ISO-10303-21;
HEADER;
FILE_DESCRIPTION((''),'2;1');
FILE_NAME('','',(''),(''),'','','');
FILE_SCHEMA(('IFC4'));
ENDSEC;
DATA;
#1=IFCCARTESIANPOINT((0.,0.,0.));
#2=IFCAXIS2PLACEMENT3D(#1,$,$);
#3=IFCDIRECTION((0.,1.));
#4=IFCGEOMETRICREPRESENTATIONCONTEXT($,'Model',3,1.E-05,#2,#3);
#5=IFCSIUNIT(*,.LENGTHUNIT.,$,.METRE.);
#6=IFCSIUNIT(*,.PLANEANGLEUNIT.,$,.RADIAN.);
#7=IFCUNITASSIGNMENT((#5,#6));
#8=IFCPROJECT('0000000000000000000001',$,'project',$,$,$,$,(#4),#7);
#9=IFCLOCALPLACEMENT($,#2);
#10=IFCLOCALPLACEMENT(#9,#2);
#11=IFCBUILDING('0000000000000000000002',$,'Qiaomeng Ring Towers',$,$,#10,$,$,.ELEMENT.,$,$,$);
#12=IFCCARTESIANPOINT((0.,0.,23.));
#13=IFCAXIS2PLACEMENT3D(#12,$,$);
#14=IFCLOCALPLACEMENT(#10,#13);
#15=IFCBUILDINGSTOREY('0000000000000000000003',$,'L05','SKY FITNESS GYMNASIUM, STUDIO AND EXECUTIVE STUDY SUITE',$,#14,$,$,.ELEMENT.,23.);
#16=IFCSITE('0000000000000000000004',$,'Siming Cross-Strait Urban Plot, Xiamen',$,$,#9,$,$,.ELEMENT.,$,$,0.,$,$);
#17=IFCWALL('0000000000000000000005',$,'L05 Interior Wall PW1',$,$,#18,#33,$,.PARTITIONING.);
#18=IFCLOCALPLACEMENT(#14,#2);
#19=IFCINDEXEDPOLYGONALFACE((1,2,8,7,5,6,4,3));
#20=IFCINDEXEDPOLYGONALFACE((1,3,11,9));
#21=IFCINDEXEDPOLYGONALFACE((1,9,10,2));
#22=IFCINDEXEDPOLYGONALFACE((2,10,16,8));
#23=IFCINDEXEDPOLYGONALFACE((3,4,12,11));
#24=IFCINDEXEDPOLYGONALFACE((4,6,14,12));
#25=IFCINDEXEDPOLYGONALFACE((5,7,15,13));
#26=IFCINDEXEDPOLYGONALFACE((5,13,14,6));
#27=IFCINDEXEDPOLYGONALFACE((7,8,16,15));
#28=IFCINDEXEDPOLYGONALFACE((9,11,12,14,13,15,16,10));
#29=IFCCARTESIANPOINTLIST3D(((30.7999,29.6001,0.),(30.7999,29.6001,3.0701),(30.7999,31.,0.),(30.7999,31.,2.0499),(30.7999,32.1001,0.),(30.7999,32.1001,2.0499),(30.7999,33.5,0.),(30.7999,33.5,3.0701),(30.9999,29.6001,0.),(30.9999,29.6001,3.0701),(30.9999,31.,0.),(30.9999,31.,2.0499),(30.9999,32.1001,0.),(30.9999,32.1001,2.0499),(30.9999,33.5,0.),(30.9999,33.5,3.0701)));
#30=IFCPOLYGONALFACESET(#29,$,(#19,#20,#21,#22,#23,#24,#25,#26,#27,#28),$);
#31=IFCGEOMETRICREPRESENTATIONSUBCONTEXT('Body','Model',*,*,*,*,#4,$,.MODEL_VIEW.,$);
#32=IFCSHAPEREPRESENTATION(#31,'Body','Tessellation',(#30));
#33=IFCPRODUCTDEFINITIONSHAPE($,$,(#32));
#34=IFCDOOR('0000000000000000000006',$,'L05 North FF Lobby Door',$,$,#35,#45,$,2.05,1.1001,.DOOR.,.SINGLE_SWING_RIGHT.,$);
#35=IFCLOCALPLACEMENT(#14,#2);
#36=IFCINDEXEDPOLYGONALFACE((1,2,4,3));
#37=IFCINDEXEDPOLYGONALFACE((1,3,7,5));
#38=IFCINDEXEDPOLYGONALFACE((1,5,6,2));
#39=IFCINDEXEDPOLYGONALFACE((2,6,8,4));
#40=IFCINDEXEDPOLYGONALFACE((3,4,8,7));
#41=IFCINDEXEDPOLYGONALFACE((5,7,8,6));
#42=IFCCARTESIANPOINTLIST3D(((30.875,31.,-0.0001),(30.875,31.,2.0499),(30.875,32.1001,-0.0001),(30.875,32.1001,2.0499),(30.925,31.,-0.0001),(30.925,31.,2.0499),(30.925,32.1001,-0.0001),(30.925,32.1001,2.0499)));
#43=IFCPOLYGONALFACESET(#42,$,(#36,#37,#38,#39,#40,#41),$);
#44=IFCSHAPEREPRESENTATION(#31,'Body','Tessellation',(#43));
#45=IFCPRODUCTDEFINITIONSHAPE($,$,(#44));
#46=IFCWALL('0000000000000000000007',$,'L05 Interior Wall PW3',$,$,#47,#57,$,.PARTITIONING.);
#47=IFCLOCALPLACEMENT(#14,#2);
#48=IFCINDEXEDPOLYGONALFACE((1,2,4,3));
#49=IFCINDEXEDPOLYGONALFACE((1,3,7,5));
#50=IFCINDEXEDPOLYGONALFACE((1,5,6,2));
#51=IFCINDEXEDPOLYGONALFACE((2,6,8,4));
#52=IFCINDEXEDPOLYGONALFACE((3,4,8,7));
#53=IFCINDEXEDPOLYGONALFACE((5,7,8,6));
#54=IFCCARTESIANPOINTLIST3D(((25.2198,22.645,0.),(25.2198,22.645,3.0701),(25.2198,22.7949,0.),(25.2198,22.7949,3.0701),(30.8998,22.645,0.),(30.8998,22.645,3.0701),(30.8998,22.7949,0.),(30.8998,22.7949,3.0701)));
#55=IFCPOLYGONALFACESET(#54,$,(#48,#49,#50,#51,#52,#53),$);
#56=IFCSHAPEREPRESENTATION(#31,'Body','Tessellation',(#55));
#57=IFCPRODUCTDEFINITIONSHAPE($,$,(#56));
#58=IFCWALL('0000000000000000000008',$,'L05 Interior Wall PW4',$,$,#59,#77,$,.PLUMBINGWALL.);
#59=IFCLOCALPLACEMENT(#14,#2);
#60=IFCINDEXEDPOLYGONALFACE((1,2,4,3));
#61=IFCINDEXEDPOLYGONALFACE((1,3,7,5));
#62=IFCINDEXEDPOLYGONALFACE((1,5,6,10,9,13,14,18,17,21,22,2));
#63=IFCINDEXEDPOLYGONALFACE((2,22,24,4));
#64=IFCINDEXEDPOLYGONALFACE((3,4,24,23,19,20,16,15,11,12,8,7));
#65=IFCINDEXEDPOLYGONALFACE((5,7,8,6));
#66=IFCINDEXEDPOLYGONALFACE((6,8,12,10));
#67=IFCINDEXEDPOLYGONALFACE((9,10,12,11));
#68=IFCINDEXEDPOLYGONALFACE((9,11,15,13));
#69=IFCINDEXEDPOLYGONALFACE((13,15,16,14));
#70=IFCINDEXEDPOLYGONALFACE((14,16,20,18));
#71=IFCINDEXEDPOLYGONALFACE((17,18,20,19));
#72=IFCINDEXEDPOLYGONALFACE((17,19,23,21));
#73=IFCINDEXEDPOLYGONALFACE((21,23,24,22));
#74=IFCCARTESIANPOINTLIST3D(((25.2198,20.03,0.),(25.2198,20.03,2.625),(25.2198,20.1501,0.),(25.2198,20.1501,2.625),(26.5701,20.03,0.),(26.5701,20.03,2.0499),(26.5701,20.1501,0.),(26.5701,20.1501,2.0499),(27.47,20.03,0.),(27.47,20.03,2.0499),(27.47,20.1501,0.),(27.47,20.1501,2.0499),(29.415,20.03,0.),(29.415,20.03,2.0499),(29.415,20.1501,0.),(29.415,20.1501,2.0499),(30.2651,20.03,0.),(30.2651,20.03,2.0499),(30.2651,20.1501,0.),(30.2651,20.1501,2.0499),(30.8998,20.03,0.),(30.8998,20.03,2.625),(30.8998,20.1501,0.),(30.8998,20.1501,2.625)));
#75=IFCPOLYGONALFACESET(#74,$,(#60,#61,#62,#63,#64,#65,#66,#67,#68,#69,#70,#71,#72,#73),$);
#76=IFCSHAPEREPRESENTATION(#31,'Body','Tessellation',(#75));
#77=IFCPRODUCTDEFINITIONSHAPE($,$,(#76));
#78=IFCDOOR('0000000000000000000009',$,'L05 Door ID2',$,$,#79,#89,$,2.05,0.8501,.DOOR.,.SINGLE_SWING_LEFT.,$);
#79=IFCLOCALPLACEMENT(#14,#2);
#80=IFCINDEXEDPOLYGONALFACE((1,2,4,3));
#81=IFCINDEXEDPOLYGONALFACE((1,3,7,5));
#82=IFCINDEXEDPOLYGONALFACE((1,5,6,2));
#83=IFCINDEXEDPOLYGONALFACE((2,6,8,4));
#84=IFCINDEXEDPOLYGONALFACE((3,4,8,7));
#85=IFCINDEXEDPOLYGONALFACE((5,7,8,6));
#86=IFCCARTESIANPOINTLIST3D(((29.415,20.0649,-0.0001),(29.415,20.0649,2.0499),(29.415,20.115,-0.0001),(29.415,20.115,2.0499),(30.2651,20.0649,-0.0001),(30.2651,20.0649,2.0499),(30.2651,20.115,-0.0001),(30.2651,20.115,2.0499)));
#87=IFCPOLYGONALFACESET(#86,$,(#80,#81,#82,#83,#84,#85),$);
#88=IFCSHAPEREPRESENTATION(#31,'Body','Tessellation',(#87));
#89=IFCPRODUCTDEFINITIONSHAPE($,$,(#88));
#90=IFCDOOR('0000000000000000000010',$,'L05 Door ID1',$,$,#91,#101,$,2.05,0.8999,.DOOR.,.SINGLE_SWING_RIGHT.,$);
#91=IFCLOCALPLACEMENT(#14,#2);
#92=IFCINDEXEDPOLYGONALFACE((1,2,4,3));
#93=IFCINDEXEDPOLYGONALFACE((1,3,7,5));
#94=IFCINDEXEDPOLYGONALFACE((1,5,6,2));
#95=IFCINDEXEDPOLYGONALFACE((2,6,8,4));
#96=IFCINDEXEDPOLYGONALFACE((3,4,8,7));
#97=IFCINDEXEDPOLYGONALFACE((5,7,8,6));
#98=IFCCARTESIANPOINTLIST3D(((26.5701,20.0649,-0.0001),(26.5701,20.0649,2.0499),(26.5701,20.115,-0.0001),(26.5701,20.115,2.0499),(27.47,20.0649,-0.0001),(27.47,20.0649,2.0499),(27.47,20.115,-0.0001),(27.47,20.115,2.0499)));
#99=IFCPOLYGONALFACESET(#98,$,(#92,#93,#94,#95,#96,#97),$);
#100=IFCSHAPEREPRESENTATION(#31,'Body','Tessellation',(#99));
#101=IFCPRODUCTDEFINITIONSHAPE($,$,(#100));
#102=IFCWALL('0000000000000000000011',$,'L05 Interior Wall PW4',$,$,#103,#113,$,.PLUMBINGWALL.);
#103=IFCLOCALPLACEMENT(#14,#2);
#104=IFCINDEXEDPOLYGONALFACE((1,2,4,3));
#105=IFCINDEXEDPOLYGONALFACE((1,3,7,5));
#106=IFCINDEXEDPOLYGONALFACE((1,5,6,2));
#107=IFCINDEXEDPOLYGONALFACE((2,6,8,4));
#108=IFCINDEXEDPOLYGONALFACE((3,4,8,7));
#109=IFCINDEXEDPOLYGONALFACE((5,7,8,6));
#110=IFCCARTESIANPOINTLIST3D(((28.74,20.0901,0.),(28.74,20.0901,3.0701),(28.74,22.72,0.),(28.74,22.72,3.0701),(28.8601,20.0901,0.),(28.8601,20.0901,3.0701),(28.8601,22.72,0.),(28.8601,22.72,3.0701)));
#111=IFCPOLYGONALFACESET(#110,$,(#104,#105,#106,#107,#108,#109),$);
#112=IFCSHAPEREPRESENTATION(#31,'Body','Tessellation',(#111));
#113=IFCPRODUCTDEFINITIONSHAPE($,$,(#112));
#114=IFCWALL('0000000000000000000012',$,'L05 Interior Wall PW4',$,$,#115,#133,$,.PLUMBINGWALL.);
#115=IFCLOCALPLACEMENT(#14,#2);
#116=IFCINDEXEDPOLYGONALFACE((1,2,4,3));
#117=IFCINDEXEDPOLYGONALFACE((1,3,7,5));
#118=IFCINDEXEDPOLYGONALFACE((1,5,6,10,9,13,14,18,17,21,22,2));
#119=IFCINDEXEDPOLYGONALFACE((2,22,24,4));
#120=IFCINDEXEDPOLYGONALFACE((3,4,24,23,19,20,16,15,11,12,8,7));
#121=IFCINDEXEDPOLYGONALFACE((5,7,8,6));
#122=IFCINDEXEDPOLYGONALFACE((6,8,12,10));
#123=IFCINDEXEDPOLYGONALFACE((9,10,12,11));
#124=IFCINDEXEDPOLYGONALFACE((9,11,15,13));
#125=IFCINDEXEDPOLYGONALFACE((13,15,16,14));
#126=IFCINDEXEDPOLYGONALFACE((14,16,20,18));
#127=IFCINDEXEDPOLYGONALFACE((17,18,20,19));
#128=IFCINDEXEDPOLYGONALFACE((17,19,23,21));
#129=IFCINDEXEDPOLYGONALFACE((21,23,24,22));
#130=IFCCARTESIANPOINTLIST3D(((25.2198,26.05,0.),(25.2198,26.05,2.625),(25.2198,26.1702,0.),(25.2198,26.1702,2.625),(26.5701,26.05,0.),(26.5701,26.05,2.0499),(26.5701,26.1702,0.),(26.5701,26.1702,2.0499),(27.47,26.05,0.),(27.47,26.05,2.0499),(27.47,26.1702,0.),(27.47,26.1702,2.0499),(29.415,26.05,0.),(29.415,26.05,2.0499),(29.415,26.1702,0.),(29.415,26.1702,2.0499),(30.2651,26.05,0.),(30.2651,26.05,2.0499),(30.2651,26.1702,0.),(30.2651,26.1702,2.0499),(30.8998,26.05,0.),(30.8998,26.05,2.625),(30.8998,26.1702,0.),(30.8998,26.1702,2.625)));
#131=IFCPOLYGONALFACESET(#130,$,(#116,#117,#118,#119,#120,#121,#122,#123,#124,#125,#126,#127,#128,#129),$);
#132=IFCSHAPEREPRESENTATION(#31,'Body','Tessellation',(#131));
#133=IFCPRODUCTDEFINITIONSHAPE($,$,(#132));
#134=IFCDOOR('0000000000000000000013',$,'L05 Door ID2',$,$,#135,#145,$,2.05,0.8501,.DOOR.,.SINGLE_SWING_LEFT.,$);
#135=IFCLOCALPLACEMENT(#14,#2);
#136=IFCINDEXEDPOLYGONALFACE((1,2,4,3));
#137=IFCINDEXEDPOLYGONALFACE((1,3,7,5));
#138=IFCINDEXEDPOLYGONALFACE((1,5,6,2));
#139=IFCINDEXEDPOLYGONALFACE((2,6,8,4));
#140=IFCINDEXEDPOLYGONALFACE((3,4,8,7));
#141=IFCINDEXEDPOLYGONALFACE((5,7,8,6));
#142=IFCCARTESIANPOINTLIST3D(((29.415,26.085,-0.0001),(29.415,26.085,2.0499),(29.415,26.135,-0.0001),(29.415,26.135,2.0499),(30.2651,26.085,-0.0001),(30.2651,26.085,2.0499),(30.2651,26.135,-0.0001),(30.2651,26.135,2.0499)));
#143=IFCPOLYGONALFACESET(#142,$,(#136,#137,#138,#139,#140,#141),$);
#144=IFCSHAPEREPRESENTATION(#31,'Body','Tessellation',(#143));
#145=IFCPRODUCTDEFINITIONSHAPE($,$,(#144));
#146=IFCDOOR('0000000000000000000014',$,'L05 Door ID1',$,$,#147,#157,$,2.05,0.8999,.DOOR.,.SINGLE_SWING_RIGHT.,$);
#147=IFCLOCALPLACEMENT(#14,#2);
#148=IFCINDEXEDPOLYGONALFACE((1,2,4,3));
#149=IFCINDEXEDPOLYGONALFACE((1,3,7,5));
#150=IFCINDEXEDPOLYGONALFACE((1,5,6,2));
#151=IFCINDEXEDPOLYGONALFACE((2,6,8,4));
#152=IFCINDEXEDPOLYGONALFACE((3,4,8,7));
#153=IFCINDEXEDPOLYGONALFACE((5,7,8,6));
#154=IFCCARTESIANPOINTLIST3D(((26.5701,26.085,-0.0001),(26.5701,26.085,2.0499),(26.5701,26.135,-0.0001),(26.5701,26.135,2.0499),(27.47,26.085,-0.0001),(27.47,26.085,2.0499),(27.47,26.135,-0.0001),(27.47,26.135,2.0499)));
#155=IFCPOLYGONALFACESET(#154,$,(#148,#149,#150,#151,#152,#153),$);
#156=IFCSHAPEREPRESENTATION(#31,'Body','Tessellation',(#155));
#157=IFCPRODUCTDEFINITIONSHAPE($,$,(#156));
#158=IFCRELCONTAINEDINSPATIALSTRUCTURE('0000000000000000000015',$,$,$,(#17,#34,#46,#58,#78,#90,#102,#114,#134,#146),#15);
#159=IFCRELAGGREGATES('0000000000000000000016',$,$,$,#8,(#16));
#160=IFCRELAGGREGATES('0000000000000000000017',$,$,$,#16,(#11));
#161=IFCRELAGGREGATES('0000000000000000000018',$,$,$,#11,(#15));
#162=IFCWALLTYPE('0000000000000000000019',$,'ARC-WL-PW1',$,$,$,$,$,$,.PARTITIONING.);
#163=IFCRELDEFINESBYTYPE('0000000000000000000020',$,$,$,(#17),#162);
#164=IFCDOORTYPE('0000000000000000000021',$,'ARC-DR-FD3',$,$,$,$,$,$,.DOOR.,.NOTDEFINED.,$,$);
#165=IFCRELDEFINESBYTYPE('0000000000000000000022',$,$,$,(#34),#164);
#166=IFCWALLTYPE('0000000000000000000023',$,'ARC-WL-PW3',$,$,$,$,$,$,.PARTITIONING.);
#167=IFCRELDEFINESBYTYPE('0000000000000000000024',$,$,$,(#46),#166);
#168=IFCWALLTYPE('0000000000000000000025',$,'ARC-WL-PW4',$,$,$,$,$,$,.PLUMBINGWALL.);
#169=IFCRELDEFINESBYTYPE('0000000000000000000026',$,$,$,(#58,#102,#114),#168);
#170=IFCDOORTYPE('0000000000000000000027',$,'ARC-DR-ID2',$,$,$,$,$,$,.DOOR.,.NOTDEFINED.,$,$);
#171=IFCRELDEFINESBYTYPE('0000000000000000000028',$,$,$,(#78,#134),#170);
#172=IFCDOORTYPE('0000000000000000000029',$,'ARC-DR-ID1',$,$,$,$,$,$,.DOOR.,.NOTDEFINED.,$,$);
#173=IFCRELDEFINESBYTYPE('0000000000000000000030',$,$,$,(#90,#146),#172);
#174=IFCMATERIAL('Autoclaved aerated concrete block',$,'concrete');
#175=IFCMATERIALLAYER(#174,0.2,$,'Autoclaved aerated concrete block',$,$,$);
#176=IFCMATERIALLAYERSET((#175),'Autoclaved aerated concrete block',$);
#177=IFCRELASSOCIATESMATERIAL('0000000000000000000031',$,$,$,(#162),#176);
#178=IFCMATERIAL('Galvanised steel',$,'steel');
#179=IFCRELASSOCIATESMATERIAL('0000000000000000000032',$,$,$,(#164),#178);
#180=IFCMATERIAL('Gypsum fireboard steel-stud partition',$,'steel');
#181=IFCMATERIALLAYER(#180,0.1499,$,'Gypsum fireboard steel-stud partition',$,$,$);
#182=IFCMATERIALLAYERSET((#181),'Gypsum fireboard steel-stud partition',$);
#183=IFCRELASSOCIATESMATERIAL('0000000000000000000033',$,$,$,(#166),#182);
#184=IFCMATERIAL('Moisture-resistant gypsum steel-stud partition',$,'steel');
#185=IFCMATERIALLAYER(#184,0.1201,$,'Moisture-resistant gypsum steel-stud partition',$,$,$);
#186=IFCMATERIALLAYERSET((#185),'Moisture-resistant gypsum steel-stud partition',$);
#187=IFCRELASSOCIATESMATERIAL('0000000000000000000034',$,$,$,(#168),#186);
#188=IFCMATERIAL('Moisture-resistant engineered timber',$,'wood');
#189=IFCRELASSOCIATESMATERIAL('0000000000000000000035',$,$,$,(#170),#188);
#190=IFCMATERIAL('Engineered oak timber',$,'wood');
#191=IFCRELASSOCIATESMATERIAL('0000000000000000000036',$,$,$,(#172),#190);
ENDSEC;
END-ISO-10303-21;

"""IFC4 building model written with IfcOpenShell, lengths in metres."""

from ifc_helpers import new_model, si_unit, direction, frame, frame_2d, origin, place, context, subcontext, project, spatial, rectangle, extrude, source, transform, mapped, material, layer, layer_set, type_object, element, fill, save


model = new_model("IFC4")

# Units and contexts
model_context = context("Model", 3, precision=1e-05, world=origin(), true_north=direction((0.0, 1.0)))
body_context = subcontext(model_context, "Body", "Model", "MODEL_VIEW")
ifc_project = project(units=[si_unit("LENGTHUNIT", "METRE"), si_unit("PLANEANGLEUNIT", "RADIAN")], contexts=[model_context])

# Site, building, storey
site_placement = place(None, origin())
site = spatial("IfcSite", under=ifc_project, at=site_placement, Name="Siming Cross-Strait Urban Plot, Xiamen", CompositionType="ELEMENT", RefElevation=0.0)
building_placement = place(site_placement, origin())
building = spatial("IfcBuilding", under=site, at=building_placement, Name="Qiaomeng Ring Towers", CompositionType="ELEMENT")
storey_placement = place(building_placement, frame((0.0, 0.0, 23.0)))
storey = spatial("IfcBuildingStorey", under=building, at=storey_placement, Name="L05", Description="SKY FITNESS GYMNASIUM, STUDIO AND EXECUTIVE STUDY SUITE", CompositionType="ELEMENT", Elevation=23.0)

# Shared definitions
ifc_material_1 = material(Name="Autoclaved aerated concrete block", Category="concrete")
ifc_layer_1 = layer(ifc_material_1, 0.2, Name="Autoclaved aerated concrete block")
ifc_layer_set_1 = layer_set([ifc_layer_1], Name="Autoclaved aerated concrete block")
wall_type_1 = type_object("IfcWallType", Name="ARC-WL-PW1", PredefinedType="PARTITIONING", material=ifc_layer_set_1)

# Wall, opening, door
wall_1_placement = place(storey_placement, frame((30.8999, 29.6001, 0.0), z_axis=(0.0, 0.0, 1.0), x_axis=(0.0, 1.0, 0.0)))
wall_1 = element("IfcWall", 1, at=wall_1_placement, inside=storey, type_object=wall_type_1, Name="L05 Interior Wall PW1", PredefinedType="PARTITIONING", context=body_context, shape_type="SweptSolid", body=[
    extrude(rectangle(XDim=3.8999, YDim=0.2, at=frame_2d((1.95, 0.0))), origin(), (0.0, 0.0, 1.0), 3.0701),
])
opening_1_placement = place(wall_1_placement, frame((1.3999, 0.0, 0.0)))
opening_1 = element("IfcOpeningElement", 2, at=opening_1_placement, cuts=wall_1, PredefinedType="OPENING", context=body_context, shape_type="SweptSolid", body=[
    extrude(rectangle(XDim=1.1001, YDim=2.05, at=frame_2d((0.55, 1.0249))), frame((0.0, 0.1099, 0.0), z_axis=(0.0, -1.0, 0.0), x_axis=(1.0, 0.0, 0.0)), (0.0, 0.0, 1.0), 0.22),
])
ifc_material_2 = material(Name="Galvanised steel", Category="steel")
door_type_1 = type_object("IfcDoorType", Name="ARC-DR-FD3", OperationType="NOTDEFINED", PredefinedType="DOOR", material=ifc_material_2)
shared_shape_1 = source(origin(), body_context, "Body", "SweptSolid", [
    extrude(rectangle(XDim=1.1001, YDim=2.05, at=frame_2d((0.55, 1.0249))), frame((0.0, 0.0249, 0.0), z_axis=(0.0, -1.0, 0.0), x_axis=(1.0, 0.0, 0.0)), (0.0, 0.0, 1.0), 0.05),
])
door_1_placement = place(opening_1_placement, origin())
door_1 = element("IfcDoor", 3, at=door_1_placement, inside=storey, type_object=door_type_1, Name="L05 North FF Lobby Door", OperationType="SINGLE_SWING_RIGHT", OverallHeight=2.05, OverallWidth=1.1001, PredefinedType="DOOR", context=body_context, shape_type="MappedRepresentation", body=[
    mapped(shared_shape_1, transform((0.0, 0.0, 0.0), x_axis=(1.0, 0.0, 0.0), y_axis=(0.0, 1.0, 0.0), z_axis=(0.0, 0.0, 1.0), scale=1.0)),
])
fill(opening_1, door_1)

# Wall
ifc_material_3 = material(Name="Gypsum fireboard steel-stud partition", Category="steel")
ifc_layer_2 = layer(ifc_material_3, 0.1499, Name="Gypsum fireboard steel-stud partition")
ifc_layer_set_2 = layer_set([ifc_layer_2], Name="Gypsum fireboard steel-stud partition")
wall_type_2 = type_object("IfcWallType", Name="ARC-WL-PW3", PredefinedType="PARTITIONING", material=ifc_layer_set_2)
wall_2_placement = place(storey_placement, frame((25.22, 22.72, 0.0), z_axis=(0.0, 0.0, 1.0), x_axis=(1.0, 0.0, 0.0)))
element("IfcWall", 4, at=wall_2_placement, inside=storey, type_object=wall_type_2, Name="L05 Interior Wall PW3", PredefinedType="PARTITIONING", context=body_context, shape_type="SweptSolid", body=[
    extrude(rectangle(XDim=5.6799, YDim=0.1499, at=frame_2d((2.8398, 0.0))), origin(), (0.0, 0.0, 1.0), 3.0701),
])

# Wall, openings, doors
ifc_material_4 = material(Name="Moisture-resistant gypsum steel-stud partition", Category="steel")
ifc_layer_3 = layer(ifc_material_4, 0.1201, Name="Moisture-resistant gypsum steel-stud partition")
ifc_layer_set_3 = layer_set([ifc_layer_3], Name="Moisture-resistant gypsum steel-stud partition")
wall_type_3 = type_object("IfcWallType", Name="ARC-WL-PW4", PredefinedType="PLUMBINGWALL", material=ifc_layer_set_3)
wall_3_placement = place(storey_placement, frame((25.22, 20.0901, 0.0), z_axis=(0.0, 0.0, 1.0), x_axis=(1.0, 0.0, 0.0)))
wall_3 = element("IfcWall", 5, at=wall_3_placement, inside=storey, type_object=wall_type_3, Name="L05 Interior Wall PW4", PredefinedType="PLUMBINGWALL", context=body_context, shape_type="SweptSolid", body=[
    extrude(rectangle(XDim=5.6799, YDim=0.1201, at=frame_2d((2.8398, 0.0))), origin(), (0.0, 0.0, 1.0), 2.625),
])
opening_2_placement = place(wall_3_placement, frame((1.3501, 0.0, 0.0)))
opening_2 = element("IfcOpeningElement", 6, at=opening_2_placement, cuts=wall_3, PredefinedType="OPENING", context=body_context, shape_type="SweptSolid", body=[
    extrude(rectangle(XDim=0.8999, YDim=2.05, at=frame_2d((0.45, 1.0249))), frame((0.0, 0.0701, 0.0), z_axis=(0.0, -1.0, 0.0), x_axis=(1.0, 0.0, 0.0)), (0.0, 0.0, 1.0), 0.1401),
])
opening_3_placement = place(wall_3_placement, frame((4.1951, 0.0, 0.0)))
opening_3 = element("IfcOpeningElement", 7, at=opening_3_placement, cuts=wall_3, PredefinedType="OPENING", context=body_context, shape_type="SweptSolid", body=[
    extrude(rectangle(XDim=0.8501, YDim=2.05, at=frame_2d((0.425, 1.0249))), frame((0.0, 0.0701, 0.0), z_axis=(0.0, -1.0, 0.0), x_axis=(1.0, 0.0, 0.0)), (0.0, 0.0, 1.0), 0.1401),
])
ifc_material_5 = material(Name="Moisture-resistant engineered timber", Category="wood")
door_type_2 = type_object("IfcDoorType", Name="ARC-DR-ID2", OperationType="NOTDEFINED", PredefinedType="DOOR", material=ifc_material_5)
shared_shape_2 = source(origin(), body_context, "Body", "SweptSolid", [
    extrude(rectangle(XDim=0.8501, YDim=2.05, at=frame_2d((0.425, 1.0249))), frame((0.0, 0.0249, 0.0), z_axis=(0.0, -1.0, 0.0), x_axis=(1.0, 0.0, 0.0)), (0.0, 0.0, 1.0), 0.05),
])
door_2_placement = place(opening_3_placement, origin())
door_2 = element("IfcDoor", 8, at=door_2_placement, inside=storey, type_object=door_type_2, Name="L05 Door ID2", OperationType="SINGLE_SWING_LEFT", OverallHeight=2.05, OverallWidth=0.8501, PredefinedType="DOOR", context=body_context, shape_type="MappedRepresentation", body=[
    mapped(shared_shape_2, transform((0.0, 0.0, 0.0), x_axis=(1.0, 0.0, 0.0), y_axis=(0.0, 1.0, 0.0), z_axis=(0.0, 0.0, 1.0), scale=1.0)),
])
fill(opening_3, door_2)
ifc_material_6 = material(Name="Engineered oak timber", Category="wood")
door_type_3 = type_object("IfcDoorType", Name="ARC-DR-ID1", OperationType="NOTDEFINED", PredefinedType="DOOR", material=ifc_material_6)
shared_shape_3 = source(origin(), body_context, "Body", "SweptSolid", [
    extrude(rectangle(XDim=0.8999, YDim=2.05, at=frame_2d((0.45, 1.0249))), frame((0.0, 0.0249, 0.0), z_axis=(0.0, -1.0, 0.0), x_axis=(1.0, 0.0, 0.0)), (0.0, 0.0, 1.0), 0.05),
])
door_3_placement = place(opening_2_placement, origin())
door_3 = element("IfcDoor", 9, at=door_3_placement, inside=storey, type_object=door_type_3, Name="L05 Door ID1", OperationType="SINGLE_SWING_RIGHT", OverallHeight=2.05, OverallWidth=0.8999, PredefinedType="DOOR", context=body_context, shape_type="MappedRepresentation", body=[
    mapped(shared_shape_3, transform((0.0, 0.0, 0.0), x_axis=(1.0, 0.0, 0.0), y_axis=(0.0, 1.0, 0.0), z_axis=(0.0, 0.0, 1.0), scale=1.0)),
])
fill(opening_2, door_3)

# Wall
wall_4_placement = place(storey_placement, frame((28.8, 20.0901, 0.0), z_axis=(0.0, 0.0, 1.0), x_axis=(0.0, 1.0, 0.0)))
element("IfcWall", 10, at=wall_4_placement, inside=storey, type_object=wall_type_3, Name="L05 Interior Wall PW4", PredefinedType="PLUMBINGWALL", context=body_context, shape_type="SweptSolid", body=[
    extrude(rectangle(XDim=2.6299, YDim=0.1201, at=frame_2d((1.3149, 0.0))), origin(), (0.0, 0.0, 1.0), 3.0701),
])

# Wall, openings, doors
wall_5_placement = place(storey_placement, frame((25.22, 26.1101, 0.0), z_axis=(0.0, 0.0, 1.0), x_axis=(1.0, 0.0, 0.0)))
wall_5 = element("IfcWall", 11, at=wall_5_placement, inside=storey, type_object=wall_type_3, Name="L05 Interior Wall PW4", PredefinedType="PLUMBINGWALL", context=body_context, shape_type="SweptSolid", body=[
    extrude(rectangle(XDim=5.6799, YDim=0.1201, at=frame_2d((2.8398, 0.0))), origin(), (0.0, 0.0, 1.0), 2.625),
])
opening_4_placement = place(wall_5_placement, frame((1.3501, 0.0, 0.0)))
opening_4 = element("IfcOpeningElement", 12, at=opening_4_placement, cuts=wall_5, PredefinedType="OPENING", context=body_context, shape_type="SweptSolid", body=[
    extrude(rectangle(XDim=0.8999, YDim=2.05, at=frame_2d((0.45, 1.0249))), frame((0.0, 0.0701, 0.0), z_axis=(0.0, -1.0, 0.0), x_axis=(1.0, 0.0, 0.0)), (0.0, 0.0, 1.0), 0.1401),
])
opening_5_placement = place(wall_5_placement, frame((4.1951, 0.0, 0.0)))
opening_5 = element("IfcOpeningElement", 13, at=opening_5_placement, cuts=wall_5, PredefinedType="OPENING", context=body_context, shape_type="SweptSolid", body=[
    extrude(rectangle(XDim=0.8501, YDim=2.05, at=frame_2d((0.425, 1.0249))), frame((0.0, 0.0701, 0.0), z_axis=(0.0, -1.0, 0.0), x_axis=(1.0, 0.0, 0.0)), (0.0, 0.0, 1.0), 0.1401),
])
door_4_placement = place(opening_5_placement, origin())
door_4 = element("IfcDoor", 14, at=door_4_placement, inside=storey, type_object=door_type_2, Name="L05 Door ID2", OperationType="SINGLE_SWING_LEFT", OverallHeight=2.05, OverallWidth=0.8501, PredefinedType="DOOR", context=body_context, shape_type="MappedRepresentation", body=[
    mapped(shared_shape_2, transform((0.0, 0.0, 0.0), x_axis=(1.0, 0.0, 0.0), y_axis=(0.0, 1.0, 0.0), z_axis=(0.0, 0.0, 1.0), scale=1.0)),
])
fill(opening_5, door_4)
door_5_placement = place(opening_4_placement, origin())
door_5 = element("IfcDoor", 15, at=door_5_placement, inside=storey, type_object=door_type_3, Name="L05 Door ID1", OperationType="SINGLE_SWING_RIGHT", OverallHeight=2.05, OverallWidth=0.8999, PredefinedType="DOOR", context=body_context, shape_type="MappedRepresentation", body=[
    mapped(shared_shape_3, transform((0.0, 0.0, 0.0), x_axis=(1.0, 0.0, 0.0), y_axis=(0.0, 1.0, 0.0), z_axis=(0.0, 0.0, 1.0), scale=1.0)),
])
fill(opening_4, door_5)

save(model, "model.ifc")
